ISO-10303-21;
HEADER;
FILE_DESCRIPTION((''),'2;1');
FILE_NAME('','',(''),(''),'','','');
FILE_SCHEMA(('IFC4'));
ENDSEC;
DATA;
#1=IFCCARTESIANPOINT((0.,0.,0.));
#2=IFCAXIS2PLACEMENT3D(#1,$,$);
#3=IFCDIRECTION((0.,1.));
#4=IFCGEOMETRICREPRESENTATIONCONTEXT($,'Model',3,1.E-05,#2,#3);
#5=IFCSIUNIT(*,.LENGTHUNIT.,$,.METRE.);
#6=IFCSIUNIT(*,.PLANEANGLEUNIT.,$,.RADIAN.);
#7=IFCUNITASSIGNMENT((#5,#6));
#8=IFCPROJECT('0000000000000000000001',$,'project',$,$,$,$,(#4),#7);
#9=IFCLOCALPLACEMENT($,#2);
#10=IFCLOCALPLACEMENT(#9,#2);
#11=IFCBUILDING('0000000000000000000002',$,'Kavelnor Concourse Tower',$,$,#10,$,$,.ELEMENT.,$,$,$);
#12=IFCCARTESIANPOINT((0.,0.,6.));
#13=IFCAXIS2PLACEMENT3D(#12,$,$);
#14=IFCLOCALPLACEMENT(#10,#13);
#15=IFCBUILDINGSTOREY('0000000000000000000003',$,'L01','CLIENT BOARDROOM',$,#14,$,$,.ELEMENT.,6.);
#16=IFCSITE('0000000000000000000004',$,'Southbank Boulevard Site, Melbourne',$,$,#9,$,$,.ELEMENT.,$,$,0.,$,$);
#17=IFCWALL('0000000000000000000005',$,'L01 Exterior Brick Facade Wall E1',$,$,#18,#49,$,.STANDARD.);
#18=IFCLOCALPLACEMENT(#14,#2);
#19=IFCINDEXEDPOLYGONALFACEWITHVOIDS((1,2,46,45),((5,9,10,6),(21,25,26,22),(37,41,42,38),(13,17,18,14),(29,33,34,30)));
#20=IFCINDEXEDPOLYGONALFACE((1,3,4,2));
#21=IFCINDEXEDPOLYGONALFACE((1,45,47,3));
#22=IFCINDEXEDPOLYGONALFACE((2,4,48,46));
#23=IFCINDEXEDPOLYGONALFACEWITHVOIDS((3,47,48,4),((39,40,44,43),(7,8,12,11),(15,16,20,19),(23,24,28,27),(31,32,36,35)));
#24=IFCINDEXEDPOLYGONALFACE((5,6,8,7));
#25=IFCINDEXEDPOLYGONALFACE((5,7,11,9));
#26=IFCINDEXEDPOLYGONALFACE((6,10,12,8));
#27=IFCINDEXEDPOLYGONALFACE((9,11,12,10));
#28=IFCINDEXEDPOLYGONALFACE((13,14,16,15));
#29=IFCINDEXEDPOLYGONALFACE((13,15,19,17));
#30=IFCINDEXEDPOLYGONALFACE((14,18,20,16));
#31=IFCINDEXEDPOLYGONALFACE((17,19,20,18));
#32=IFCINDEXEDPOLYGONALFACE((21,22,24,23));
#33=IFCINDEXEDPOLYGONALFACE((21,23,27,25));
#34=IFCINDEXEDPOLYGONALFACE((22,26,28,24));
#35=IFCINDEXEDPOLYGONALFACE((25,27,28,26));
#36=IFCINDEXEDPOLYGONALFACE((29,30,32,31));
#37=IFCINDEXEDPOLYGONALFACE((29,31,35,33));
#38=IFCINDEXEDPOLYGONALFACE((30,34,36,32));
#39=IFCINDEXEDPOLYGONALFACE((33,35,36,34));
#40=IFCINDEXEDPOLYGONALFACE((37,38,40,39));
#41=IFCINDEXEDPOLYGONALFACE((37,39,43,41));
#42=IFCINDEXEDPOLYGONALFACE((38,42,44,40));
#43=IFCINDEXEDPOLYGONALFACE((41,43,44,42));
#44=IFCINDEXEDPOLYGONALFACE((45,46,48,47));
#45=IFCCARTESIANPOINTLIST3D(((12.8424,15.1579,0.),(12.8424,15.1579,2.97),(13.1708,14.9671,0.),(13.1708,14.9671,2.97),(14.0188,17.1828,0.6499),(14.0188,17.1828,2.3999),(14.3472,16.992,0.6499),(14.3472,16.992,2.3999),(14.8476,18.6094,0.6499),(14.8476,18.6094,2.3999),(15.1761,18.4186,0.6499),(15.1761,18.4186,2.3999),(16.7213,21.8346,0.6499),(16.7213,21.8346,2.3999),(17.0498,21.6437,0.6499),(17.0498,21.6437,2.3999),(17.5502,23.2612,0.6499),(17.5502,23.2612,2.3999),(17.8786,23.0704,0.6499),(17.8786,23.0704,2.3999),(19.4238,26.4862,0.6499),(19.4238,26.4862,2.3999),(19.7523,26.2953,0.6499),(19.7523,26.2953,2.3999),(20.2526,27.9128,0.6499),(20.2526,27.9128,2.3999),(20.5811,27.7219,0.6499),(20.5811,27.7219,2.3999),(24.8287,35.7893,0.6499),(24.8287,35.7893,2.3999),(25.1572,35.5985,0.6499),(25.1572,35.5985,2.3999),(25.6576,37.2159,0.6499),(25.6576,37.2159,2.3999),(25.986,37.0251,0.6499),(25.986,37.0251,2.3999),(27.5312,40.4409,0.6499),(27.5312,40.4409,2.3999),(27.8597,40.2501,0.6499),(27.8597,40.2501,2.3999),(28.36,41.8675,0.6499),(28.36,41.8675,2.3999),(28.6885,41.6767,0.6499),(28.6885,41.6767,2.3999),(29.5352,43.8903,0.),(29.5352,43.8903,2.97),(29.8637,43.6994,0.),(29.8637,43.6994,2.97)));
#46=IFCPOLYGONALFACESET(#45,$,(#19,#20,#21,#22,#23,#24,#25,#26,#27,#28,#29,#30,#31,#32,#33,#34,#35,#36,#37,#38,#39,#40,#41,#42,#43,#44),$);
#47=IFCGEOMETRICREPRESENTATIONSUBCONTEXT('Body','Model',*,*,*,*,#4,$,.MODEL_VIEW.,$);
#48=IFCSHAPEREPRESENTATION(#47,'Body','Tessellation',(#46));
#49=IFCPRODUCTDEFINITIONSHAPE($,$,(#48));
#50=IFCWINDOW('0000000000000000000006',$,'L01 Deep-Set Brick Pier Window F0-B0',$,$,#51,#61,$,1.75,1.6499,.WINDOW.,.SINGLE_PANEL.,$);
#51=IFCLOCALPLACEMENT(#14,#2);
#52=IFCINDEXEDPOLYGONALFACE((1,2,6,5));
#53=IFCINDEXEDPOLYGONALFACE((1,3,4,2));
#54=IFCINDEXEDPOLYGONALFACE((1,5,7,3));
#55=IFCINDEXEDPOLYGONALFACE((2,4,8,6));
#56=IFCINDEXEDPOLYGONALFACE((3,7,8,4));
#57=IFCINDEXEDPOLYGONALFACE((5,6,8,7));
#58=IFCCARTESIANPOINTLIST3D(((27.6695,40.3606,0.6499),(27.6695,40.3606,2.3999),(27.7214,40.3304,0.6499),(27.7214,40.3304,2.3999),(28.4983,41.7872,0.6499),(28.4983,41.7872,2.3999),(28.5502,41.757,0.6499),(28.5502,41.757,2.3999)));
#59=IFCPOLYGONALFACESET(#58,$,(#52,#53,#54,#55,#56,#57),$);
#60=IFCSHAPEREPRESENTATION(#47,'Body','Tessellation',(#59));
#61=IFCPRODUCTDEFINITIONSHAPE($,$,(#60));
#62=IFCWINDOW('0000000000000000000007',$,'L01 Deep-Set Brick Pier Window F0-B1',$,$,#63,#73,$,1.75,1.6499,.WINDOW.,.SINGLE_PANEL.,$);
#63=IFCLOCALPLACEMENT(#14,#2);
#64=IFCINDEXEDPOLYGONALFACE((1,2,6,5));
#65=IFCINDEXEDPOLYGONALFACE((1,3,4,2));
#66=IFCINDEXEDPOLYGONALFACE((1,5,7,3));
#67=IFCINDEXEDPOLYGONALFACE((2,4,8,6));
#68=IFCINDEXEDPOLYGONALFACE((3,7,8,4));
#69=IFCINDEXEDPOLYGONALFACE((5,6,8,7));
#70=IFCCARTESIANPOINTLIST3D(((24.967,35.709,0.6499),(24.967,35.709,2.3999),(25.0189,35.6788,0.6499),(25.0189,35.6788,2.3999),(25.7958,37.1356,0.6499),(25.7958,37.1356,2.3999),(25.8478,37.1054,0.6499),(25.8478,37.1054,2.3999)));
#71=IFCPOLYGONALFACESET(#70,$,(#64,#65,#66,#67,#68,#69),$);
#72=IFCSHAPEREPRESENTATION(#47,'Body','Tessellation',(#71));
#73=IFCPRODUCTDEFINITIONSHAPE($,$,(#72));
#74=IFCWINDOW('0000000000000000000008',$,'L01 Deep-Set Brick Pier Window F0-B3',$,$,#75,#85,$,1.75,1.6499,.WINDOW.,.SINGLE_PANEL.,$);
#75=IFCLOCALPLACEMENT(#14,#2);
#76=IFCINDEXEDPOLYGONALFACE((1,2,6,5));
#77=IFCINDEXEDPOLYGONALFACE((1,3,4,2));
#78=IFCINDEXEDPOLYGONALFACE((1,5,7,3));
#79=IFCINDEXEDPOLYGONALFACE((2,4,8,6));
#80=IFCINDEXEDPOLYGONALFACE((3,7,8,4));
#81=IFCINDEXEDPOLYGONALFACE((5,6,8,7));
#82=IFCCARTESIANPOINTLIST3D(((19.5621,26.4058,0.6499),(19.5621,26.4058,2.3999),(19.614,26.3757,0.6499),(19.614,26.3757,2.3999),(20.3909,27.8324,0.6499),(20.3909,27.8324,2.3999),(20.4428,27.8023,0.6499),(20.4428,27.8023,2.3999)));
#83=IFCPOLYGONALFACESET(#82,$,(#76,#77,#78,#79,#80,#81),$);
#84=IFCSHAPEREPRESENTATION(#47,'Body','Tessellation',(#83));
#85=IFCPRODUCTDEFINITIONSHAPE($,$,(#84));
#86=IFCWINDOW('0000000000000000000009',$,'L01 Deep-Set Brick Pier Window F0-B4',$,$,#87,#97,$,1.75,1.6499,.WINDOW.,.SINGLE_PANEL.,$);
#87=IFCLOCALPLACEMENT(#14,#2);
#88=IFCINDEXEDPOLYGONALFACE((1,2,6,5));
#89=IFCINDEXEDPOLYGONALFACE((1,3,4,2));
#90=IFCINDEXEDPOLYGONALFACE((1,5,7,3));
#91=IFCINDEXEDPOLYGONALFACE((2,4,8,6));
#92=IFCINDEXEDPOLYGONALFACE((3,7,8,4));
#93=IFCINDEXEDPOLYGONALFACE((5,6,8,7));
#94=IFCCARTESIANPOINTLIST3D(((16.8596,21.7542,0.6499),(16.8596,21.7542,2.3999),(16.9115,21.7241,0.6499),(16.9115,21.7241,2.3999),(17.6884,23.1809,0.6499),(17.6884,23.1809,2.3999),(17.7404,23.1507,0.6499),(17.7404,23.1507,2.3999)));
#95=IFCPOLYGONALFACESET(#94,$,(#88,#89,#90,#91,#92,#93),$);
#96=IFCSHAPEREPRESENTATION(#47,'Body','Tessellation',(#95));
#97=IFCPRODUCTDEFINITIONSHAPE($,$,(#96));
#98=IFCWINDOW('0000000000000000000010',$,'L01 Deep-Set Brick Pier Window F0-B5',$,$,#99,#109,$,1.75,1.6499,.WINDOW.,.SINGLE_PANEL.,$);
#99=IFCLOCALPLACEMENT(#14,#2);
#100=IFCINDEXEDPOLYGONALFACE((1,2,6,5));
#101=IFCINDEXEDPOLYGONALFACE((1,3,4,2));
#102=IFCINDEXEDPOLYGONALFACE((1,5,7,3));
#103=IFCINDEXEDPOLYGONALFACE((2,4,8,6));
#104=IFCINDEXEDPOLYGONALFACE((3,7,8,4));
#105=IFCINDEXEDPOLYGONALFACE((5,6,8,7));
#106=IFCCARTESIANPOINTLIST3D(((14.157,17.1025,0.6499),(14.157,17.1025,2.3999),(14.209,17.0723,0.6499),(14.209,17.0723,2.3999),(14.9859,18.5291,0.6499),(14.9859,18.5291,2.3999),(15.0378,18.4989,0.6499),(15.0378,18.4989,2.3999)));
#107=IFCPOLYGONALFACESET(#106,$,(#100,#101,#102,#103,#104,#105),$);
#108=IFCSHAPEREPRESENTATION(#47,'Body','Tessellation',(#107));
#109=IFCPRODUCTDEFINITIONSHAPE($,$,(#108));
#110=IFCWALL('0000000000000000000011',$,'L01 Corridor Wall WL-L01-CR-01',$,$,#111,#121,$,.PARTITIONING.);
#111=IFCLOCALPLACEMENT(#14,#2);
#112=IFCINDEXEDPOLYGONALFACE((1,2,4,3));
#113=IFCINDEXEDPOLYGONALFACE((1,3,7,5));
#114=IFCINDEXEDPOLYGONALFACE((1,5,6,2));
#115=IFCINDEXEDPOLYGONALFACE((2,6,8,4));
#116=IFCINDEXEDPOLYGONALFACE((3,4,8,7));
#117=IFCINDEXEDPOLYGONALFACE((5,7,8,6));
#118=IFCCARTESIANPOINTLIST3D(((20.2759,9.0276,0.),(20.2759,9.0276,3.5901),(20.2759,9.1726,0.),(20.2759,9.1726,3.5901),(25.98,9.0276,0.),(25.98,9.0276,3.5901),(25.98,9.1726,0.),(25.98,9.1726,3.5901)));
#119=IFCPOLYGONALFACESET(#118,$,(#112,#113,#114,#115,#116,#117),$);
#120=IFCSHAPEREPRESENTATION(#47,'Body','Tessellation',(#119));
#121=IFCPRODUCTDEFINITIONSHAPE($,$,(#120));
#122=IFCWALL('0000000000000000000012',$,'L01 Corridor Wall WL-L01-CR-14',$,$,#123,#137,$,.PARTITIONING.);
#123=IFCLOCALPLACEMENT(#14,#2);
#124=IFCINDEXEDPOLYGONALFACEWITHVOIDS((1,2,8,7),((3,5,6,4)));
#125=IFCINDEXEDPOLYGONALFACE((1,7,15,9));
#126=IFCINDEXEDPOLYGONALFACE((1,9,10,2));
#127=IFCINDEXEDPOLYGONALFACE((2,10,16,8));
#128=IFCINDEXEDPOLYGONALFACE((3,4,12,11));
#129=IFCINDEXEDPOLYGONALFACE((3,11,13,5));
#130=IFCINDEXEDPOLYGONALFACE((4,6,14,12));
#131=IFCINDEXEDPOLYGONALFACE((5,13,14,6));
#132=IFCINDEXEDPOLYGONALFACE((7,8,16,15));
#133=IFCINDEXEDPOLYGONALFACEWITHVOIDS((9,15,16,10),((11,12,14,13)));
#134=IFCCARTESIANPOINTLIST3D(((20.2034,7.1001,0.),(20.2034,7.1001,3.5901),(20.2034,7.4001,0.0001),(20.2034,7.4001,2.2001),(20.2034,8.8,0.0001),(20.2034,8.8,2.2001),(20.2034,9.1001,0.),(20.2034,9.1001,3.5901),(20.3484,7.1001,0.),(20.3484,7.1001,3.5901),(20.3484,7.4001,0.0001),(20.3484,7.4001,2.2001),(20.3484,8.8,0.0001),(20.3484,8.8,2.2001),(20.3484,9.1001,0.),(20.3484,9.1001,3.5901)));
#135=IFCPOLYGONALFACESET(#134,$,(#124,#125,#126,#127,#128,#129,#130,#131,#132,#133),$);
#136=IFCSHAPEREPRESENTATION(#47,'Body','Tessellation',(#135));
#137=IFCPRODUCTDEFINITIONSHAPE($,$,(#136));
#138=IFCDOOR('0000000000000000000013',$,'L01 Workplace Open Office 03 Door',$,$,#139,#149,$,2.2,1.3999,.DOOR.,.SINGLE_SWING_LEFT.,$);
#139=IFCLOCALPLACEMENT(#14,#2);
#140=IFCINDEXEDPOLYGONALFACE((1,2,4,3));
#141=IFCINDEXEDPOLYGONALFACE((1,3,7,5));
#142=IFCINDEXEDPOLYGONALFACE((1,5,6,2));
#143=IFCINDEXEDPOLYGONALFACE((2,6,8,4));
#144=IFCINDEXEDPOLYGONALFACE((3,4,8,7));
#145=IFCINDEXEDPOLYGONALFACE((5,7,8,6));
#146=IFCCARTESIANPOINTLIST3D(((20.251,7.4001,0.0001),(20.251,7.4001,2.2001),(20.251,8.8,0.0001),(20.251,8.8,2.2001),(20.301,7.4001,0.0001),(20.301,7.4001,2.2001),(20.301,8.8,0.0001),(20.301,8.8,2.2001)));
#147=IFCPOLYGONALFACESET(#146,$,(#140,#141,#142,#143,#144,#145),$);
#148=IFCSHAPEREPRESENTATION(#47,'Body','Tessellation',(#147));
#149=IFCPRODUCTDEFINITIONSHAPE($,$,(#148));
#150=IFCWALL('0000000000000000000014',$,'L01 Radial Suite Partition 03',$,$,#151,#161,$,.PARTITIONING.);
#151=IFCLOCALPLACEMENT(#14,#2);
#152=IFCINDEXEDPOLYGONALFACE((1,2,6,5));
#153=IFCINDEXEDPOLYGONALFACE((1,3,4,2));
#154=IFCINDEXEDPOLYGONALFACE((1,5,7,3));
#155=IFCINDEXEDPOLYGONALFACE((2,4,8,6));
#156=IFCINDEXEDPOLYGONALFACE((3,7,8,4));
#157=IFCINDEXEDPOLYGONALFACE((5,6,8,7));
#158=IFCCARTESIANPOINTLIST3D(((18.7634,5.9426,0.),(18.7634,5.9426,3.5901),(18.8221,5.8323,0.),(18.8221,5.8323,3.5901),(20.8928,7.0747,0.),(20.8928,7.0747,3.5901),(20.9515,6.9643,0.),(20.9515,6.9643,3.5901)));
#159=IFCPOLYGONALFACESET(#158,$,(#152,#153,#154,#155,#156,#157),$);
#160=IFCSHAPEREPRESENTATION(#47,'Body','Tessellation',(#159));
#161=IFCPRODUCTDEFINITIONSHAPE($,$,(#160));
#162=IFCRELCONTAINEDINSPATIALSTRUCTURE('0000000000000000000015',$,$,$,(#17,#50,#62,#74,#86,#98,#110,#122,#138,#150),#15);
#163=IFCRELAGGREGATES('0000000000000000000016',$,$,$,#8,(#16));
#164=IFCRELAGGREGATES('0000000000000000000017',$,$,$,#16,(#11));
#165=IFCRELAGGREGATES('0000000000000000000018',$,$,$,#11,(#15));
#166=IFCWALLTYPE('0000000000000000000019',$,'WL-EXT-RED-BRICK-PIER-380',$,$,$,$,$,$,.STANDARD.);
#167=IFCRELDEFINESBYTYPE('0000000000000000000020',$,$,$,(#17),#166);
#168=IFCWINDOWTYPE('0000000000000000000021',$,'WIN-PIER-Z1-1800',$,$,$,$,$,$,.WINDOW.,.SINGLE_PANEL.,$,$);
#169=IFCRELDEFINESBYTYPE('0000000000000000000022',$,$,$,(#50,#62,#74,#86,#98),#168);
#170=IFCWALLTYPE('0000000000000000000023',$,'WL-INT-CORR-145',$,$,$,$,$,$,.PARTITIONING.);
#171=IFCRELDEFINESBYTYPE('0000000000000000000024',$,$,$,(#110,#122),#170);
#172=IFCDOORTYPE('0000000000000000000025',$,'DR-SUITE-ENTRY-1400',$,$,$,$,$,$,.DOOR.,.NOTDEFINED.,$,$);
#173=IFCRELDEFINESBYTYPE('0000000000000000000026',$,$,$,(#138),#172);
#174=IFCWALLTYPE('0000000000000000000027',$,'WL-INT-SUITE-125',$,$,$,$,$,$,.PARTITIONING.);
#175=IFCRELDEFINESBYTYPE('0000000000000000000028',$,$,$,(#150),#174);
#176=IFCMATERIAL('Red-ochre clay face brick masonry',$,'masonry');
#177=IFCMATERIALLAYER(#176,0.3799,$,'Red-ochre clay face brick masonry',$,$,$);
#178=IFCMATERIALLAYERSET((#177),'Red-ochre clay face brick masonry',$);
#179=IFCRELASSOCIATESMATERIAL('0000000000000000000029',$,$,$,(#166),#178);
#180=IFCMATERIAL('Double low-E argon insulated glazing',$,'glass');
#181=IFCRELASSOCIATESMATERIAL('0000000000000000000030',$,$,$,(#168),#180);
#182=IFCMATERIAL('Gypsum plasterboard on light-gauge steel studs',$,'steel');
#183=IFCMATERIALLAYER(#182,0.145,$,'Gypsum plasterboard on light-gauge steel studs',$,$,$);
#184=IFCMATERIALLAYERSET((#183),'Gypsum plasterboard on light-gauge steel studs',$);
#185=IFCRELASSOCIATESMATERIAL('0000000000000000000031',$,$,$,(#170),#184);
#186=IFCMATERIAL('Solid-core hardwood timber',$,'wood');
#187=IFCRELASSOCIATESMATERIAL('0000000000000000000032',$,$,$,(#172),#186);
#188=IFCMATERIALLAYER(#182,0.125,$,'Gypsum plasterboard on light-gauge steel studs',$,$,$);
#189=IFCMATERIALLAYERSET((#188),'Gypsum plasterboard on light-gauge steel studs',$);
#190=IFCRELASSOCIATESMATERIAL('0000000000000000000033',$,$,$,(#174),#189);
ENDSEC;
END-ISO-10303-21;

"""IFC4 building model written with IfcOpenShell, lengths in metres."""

from ifc_helpers import new_model, si_unit, direction, frame, frame_2d, origin, place, context, subcontext, project, spatial, rectangle, extrude, material, layer, layer_set, type_object, element, fill, save


model = new_model("IFC4")

# Units and contexts
model_context = context("Model", 3, precision=1e-05, world=origin(), true_north=direction((0.0, 1.0)))
body_context = subcontext(model_context, "Body", "Model", "MODEL_VIEW")
ifc_project = project(units=[si_unit("LENGTHUNIT", "METRE"), si_unit("PLANEANGLEUNIT", "RADIAN")], contexts=[model_context])

# Site, building, storey
site_placement = place(None, origin())
site = spatial("IfcSite", under=ifc_project, at=site_placement, Name="Southbank Boulevard Site, Melbourne", CompositionType="ELEMENT", RefElevation=0.0)
building_placement = place(site_placement, origin())
building = spatial("IfcBuilding", under=site, at=building_placement, Name="Kavelnor Concourse Tower", CompositionType="ELEMENT")
storey_placement = place(building_placement, frame((0.0, 0.0, 6.0)))
storey = spatial("IfcBuildingStorey", under=building, at=storey_placement, Name="L01", Description="CLIENT BOARDROOM", CompositionType="ELEMENT", Elevation=6.0)

# Wall, openings, windows
ifc_material_1 = material(Name="Red-ochre clay face brick masonry", Category="masonry")
ifc_layer_1 = layer(ifc_material_1, 0.3799, Name="Red-ochre clay face brick masonry")
ifc_layer_set_1 = layer_set([ifc_layer_1], Name="Red-ochre clay face brick masonry")
wall_type_1 = type_object("IfcWallType", Name="WL-EXT-RED-BRICK-PIER-380", PredefinedType="STANDARD", material=ifc_layer_set_1)
wall_1_placement = place(storey_placement, frame((13.0066, 15.0625, 0.0), z_axis=(0.0, 0.0, 1.0), x_axis=(0.50235, 0.864664, 0.0)))
wall_1 = element("IfcWall", 1, at=wall_1_placement, inside=storey, type_object=wall_type_1, Name="L01 Exterior Brick Facade Wall E1", PredefinedType="STANDARD", context=body_context, shape_type="SweptSolid", body=[
    extrude(rectangle(XDim=33.2295, YDim=0.3799, at=frame_2d((16.6147, 0.0))), origin(), (0.0, 0.0, 1.0), 2.97),
])
opening_1_placement = place(wall_1_placement, frame((29.2402, 0.0, 0.6499)))
opening_1 = element("IfcOpeningElement", 2, at=opening_1_placement, cuts=wall_1, PredefinedType="OPENING", context=body_context, shape_type="SweptSolid", body=[
    extrude(rectangle(XDim=1.6499, YDim=1.75, at=frame_2d((0.825, 0.875))), frame((0.0, 0.2, 0.0), z_axis=(0.0, -1.0, 0.0), x_axis=(1.0, 0.0, 0.0)), (0.0, 0.0, 1.0), 0.3999),
])
opening_2_placement = place(wall_1_placement, frame((23.8606, 0.0, 0.6499)))
opening_2 = element("IfcOpeningElement", 3, at=opening_2_placement, cuts=wall_1, PredefinedType="OPENING", context=body_context, shape_type="SweptSolid", body=[
    extrude(rectangle(XDim=1.6499, YDim=1.75, at=frame_2d((0.825, 0.875))), frame((0.0, 0.2, 0.0), z_axis=(0.0, -1.0, 0.0), x_axis=(1.0, 0.0, 0.0)), (0.0, 0.0, 1.0), 0.3999),
])
opening_3_placement = place(wall_1_placement, frame((13.1013, 0.0, 0.6499)))
opening_3 = element("IfcOpeningElement", 4, at=opening_3_placement, cuts=wall_1, PredefinedType="OPENING", context=body_context, shape_type="SweptSolid", body=[
    extrude(rectangle(XDim=1.6499, YDim=1.75, at=frame_2d((0.825, 0.875))), frame((0.0, 0.2, 0.0), z_axis=(0.0, -1.0, 0.0), x_axis=(1.0, 0.0, 0.0)), (0.0, 0.0, 1.0), 0.3999),
])
opening_4_placement = place(wall_1_placement, frame((7.7217, 0.0, 0.6499)))
opening_4 = element("IfcOpeningElement", 5, at=opening_4_placement, cuts=wall_1, PredefinedType="OPENING", context=body_context, shape_type="SweptSolid", body=[
    extrude(rectangle(XDim=1.6499, YDim=1.75, at=frame_2d((0.825, 0.875))), frame((0.0, 0.2, 0.0), z_axis=(0.0, -1.0, 0.0), x_axis=(1.0, 0.0, 0.0)), (0.0, 0.0, 1.0), 0.3999),
])
opening_5_placement = place(wall_1_placement, frame((2.3418, 0.0, 0.6499)))
opening_5 = element("IfcOpeningElement", 6, at=opening_5_placement, cuts=wall_1, PredefinedType="OPENING", context=body_context, shape_type="SweptSolid", body=[
    extrude(rectangle(XDim=1.6499, YDim=1.75, at=frame_2d((0.825, 0.875))), frame((0.0, 0.2, 0.0), z_axis=(0.0, -1.0, 0.0), x_axis=(1.0, 0.0, 0.0)), (0.0, 0.0, 1.0), 0.3999),
])
ifc_material_2 = material(Name="Double low-E argon insulated glazing", Category="glass")
window_type = type_object("IfcWindowType", Name="WIN-PIER-Z1-1800", PartitioningType="SINGLE_PANEL", PredefinedType="WINDOW", material=ifc_material_2)
window_1_placement = place(opening_1_placement, origin())
window_1 = element("IfcWindow", 7, at=window_1_placement, inside=storey, type_object=window_type, Name="L01 Deep-Set Brick Pier Window F0-B0", OverallHeight=1.75, OverallWidth=1.6499, PartitioningType="SINGLE_PANEL", PredefinedType="WINDOW", context=body_context, shape_type="SweptSolid", body=[
    extrude(rectangle(XDim=1.6499, YDim=1.75, at=frame_2d((0.825, 0.875))), frame((0.0, 0.03, 0.0), z_axis=(0.0, -1.0, 0.0), x_axis=(1.0, 0.0, 0.0)), (0.0, 0.0, 1.0), 0.0601),
])
fill(opening_1, window_1)
window_2_placement = place(opening_2_placement, origin())
window_2 = element("IfcWindow", 8, at=window_2_placement, inside=storey, type_object=window_type, Name="L01 Deep-Set Brick Pier Window F0-B1", OverallHeight=1.75, OverallWidth=1.6499, PartitioningType="SINGLE_PANEL", PredefinedType="WINDOW", context=body_context, shape_type="SweptSolid", body=[
    extrude(rectangle(XDim=1.6499, YDim=1.75, at=frame_2d((0.825, 0.875))), frame((0.0, 0.03, 0.0), z_axis=(0.0, -1.0, 0.0), x_axis=(1.0, 0.0, 0.0)), (0.0, 0.0, 1.0), 0.0601),
])
fill(opening_2, window_2)
window_3_placement = place(opening_3_placement, origin())
window_3 = element("IfcWindow", 9, at=window_3_placement, inside=storey, type_object=window_type, Name="L01 Deep-Set Brick Pier Window F0-B3", OverallHeight=1.75, OverallWidth=1.6499, PartitioningType="SINGLE_PANEL", PredefinedType="WINDOW", context=body_context, shape_type="SweptSolid", body=[
    extrude(rectangle(XDim=1.6499, YDim=1.75, at=frame_2d((0.825, 0.875))), frame((0.0, 0.03, 0.0), z_axis=(0.0, -1.0, 0.0), x_axis=(1.0, 0.0, 0.0)), (0.0, 0.0, 1.0), 0.0601),
])
fill(opening_3, window_3)
window_4_placement = place(opening_4_placement, origin())
window_4 = element("IfcWindow", 10, at=window_4_placement, inside=storey, type_object=window_type, Name="L01 Deep-Set Brick Pier Window F0-B4", OverallHeight=1.75, OverallWidth=1.6499, PartitioningType="SINGLE_PANEL", PredefinedType="WINDOW", context=body_context, shape_type="SweptSolid", body=[
    extrude(rectangle(XDim=1.6499, YDim=1.75, at=frame_2d((0.825, 0.875))), frame((0.0, 0.03, 0.0), z_axis=(0.0, -1.0, 0.0), x_axis=(1.0, 0.0, 0.0)), (0.0, 0.0, 1.0), 0.0601),
])
fill(opening_4, window_4)
window_5_placement = place(opening_5_placement, origin())
window_5 = element("IfcWindow", 11, at=window_5_placement, inside=storey, type_object=window_type, Name="L01 Deep-Set Brick Pier Window F0-B5", OverallHeight=1.75, OverallWidth=1.6499, PartitioningType="SINGLE_PANEL", PredefinedType="WINDOW", context=body_context, shape_type="SweptSolid", body=[
    extrude(rectangle(XDim=1.6499, YDim=1.75, at=frame_2d((0.825, 0.875))), frame((0.0, 0.03, 0.0), z_axis=(0.0, -1.0, 0.0), x_axis=(1.0, 0.0, 0.0)), (0.0, 0.0, 1.0), 0.0601),
])
fill(opening_5, window_5)

# Wall
ifc_material_3 = material(Name="Gypsum plasterboard on light-gauge steel studs", Category="steel")
ifc_layer_2 = layer(ifc_material_3, 0.145, Name="Gypsum plasterboard on light-gauge steel studs")
ifc_layer_set_2 = layer_set([ifc_layer_2], Name="Gypsum plasterboard on light-gauge steel studs")
wall_type_2 = type_object("IfcWallType", Name="WL-INT-CORR-145", PredefinedType="PARTITIONING", material=ifc_layer_set_2)
wall_2_placement = place(storey_placement, frame((20.2759, 9.1001, 0.0), z_axis=(0.0, 0.0, 1.0), x_axis=(1.0, 0.0, 0.0)))
element("IfcWall", 12, at=wall_2_placement, inside=storey, type_object=wall_type_2, Name="L01 Corridor Wall WL-L01-CR-01", PredefinedType="PARTITIONING", context=body_context, shape_type="SweptSolid", body=[
    extrude(rectangle(XDim=5.7041, YDim=0.145, at=frame_2d((2.8521, 0.0))), origin(), (0.0, 0.0, 1.0), 3.5901),
])

# Wall, opening, door
wall_3_placement = place(storey_placement, frame((20.2759, 7.1001, 0.0), z_axis=(0.0, 0.0, 1.0), x_axis=(0.0, 1.0, 0.0)))
wall_3 = element("IfcWall", 13, at=wall_3_placement, inside=storey, type_object=wall_type_2, Name="L01 Corridor Wall WL-L01-CR-14", PredefinedType="PARTITIONING", context=body_context, shape_type="SweptSolid", body=[
    extrude(rectangle(XDim=2.0, YDim=0.145, at=frame_2d((1.0, 0.0))), origin(), (0.0, 0.0, 1.0), 3.5901),
])
opening_6_placement = place(wall_3_placement, frame((0.3, 0.0, 0.0)))
opening_6 = element("IfcOpeningElement", 14, at=opening_6_placement, cuts=wall_3, PredefinedType="OPENING", context=body_context, shape_type="SweptSolid", body=[
    extrude(rectangle(XDim=1.3999, YDim=2.2, at=frame_2d((0.7, 1.1001))), frame((0.0, 0.0825, 0.0), z_axis=(0.0, -1.0, 0.0), x_axis=(1.0, 0.0, 0.0)), (0.0, 0.0, 1.0), 0.165),
])
ifc_material_4 = material(Name="Solid-core hardwood timber", Category="wood")
door_type = type_object("IfcDoorType", Name="DR-SUITE-ENTRY-1400", OperationType="NOTDEFINED", PredefinedType="DOOR", material=ifc_material_4)
door_placement = place(opening_6_placement, origin())
door = element("IfcDoor", 15, at=door_placement, inside=storey, type_object=door_type, Name="L01 Workplace Open Office 03 Door", OperationType="SINGLE_SWING_LEFT", OverallHeight=2.2, OverallWidth=1.3999, PredefinedType="DOOR", context=body_context, shape_type="SweptSolid", body=[
    extrude(rectangle(XDim=1.3999, YDim=2.2, at=frame_2d((0.7, 1.1001))), frame((0.0, 0.0249, 0.0), z_axis=(0.0, -1.0, 0.0), x_axis=(1.0, 0.0, 0.0)), (0.0, 0.0, 1.0), 0.05),
])
fill(opening_6, door)

# Wall
ifc_layer_3 = layer(ifc_material_3, 0.125, Name="Gypsum plasterboard on light-gauge steel studs")
ifc_layer_set_3 = layer_set([ifc_layer_3], Name="Gypsum plasterboard on light-gauge steel studs")
wall_type_3 = type_object("IfcWallType", Name="WL-INT-SUITE-125", PredefinedType="PARTITIONING", material=ifc_layer_set_3)
wall_4_placement = place(storey_placement, frame((20.9221, 7.0195, 0.0), z_axis=(0.0, 0.0, 1.0), x_axis=(-0.882971, -0.469427, 0.0)))
element("IfcWall", 16, at=wall_4_placement, inside=storey, type_object=wall_type_3, Name="L01 Radial Suite Partition 03", PredefinedType="PARTITIONING", context=body_context, shape_type="SweptSolid", body=[
    extrude(rectangle(XDim=2.4116, YDim=0.125, at=frame_2d((1.2058, 0.0))), origin(), (0.0, 0.0, 1.0), 3.5901),
])

save(model, "model.ifc")
